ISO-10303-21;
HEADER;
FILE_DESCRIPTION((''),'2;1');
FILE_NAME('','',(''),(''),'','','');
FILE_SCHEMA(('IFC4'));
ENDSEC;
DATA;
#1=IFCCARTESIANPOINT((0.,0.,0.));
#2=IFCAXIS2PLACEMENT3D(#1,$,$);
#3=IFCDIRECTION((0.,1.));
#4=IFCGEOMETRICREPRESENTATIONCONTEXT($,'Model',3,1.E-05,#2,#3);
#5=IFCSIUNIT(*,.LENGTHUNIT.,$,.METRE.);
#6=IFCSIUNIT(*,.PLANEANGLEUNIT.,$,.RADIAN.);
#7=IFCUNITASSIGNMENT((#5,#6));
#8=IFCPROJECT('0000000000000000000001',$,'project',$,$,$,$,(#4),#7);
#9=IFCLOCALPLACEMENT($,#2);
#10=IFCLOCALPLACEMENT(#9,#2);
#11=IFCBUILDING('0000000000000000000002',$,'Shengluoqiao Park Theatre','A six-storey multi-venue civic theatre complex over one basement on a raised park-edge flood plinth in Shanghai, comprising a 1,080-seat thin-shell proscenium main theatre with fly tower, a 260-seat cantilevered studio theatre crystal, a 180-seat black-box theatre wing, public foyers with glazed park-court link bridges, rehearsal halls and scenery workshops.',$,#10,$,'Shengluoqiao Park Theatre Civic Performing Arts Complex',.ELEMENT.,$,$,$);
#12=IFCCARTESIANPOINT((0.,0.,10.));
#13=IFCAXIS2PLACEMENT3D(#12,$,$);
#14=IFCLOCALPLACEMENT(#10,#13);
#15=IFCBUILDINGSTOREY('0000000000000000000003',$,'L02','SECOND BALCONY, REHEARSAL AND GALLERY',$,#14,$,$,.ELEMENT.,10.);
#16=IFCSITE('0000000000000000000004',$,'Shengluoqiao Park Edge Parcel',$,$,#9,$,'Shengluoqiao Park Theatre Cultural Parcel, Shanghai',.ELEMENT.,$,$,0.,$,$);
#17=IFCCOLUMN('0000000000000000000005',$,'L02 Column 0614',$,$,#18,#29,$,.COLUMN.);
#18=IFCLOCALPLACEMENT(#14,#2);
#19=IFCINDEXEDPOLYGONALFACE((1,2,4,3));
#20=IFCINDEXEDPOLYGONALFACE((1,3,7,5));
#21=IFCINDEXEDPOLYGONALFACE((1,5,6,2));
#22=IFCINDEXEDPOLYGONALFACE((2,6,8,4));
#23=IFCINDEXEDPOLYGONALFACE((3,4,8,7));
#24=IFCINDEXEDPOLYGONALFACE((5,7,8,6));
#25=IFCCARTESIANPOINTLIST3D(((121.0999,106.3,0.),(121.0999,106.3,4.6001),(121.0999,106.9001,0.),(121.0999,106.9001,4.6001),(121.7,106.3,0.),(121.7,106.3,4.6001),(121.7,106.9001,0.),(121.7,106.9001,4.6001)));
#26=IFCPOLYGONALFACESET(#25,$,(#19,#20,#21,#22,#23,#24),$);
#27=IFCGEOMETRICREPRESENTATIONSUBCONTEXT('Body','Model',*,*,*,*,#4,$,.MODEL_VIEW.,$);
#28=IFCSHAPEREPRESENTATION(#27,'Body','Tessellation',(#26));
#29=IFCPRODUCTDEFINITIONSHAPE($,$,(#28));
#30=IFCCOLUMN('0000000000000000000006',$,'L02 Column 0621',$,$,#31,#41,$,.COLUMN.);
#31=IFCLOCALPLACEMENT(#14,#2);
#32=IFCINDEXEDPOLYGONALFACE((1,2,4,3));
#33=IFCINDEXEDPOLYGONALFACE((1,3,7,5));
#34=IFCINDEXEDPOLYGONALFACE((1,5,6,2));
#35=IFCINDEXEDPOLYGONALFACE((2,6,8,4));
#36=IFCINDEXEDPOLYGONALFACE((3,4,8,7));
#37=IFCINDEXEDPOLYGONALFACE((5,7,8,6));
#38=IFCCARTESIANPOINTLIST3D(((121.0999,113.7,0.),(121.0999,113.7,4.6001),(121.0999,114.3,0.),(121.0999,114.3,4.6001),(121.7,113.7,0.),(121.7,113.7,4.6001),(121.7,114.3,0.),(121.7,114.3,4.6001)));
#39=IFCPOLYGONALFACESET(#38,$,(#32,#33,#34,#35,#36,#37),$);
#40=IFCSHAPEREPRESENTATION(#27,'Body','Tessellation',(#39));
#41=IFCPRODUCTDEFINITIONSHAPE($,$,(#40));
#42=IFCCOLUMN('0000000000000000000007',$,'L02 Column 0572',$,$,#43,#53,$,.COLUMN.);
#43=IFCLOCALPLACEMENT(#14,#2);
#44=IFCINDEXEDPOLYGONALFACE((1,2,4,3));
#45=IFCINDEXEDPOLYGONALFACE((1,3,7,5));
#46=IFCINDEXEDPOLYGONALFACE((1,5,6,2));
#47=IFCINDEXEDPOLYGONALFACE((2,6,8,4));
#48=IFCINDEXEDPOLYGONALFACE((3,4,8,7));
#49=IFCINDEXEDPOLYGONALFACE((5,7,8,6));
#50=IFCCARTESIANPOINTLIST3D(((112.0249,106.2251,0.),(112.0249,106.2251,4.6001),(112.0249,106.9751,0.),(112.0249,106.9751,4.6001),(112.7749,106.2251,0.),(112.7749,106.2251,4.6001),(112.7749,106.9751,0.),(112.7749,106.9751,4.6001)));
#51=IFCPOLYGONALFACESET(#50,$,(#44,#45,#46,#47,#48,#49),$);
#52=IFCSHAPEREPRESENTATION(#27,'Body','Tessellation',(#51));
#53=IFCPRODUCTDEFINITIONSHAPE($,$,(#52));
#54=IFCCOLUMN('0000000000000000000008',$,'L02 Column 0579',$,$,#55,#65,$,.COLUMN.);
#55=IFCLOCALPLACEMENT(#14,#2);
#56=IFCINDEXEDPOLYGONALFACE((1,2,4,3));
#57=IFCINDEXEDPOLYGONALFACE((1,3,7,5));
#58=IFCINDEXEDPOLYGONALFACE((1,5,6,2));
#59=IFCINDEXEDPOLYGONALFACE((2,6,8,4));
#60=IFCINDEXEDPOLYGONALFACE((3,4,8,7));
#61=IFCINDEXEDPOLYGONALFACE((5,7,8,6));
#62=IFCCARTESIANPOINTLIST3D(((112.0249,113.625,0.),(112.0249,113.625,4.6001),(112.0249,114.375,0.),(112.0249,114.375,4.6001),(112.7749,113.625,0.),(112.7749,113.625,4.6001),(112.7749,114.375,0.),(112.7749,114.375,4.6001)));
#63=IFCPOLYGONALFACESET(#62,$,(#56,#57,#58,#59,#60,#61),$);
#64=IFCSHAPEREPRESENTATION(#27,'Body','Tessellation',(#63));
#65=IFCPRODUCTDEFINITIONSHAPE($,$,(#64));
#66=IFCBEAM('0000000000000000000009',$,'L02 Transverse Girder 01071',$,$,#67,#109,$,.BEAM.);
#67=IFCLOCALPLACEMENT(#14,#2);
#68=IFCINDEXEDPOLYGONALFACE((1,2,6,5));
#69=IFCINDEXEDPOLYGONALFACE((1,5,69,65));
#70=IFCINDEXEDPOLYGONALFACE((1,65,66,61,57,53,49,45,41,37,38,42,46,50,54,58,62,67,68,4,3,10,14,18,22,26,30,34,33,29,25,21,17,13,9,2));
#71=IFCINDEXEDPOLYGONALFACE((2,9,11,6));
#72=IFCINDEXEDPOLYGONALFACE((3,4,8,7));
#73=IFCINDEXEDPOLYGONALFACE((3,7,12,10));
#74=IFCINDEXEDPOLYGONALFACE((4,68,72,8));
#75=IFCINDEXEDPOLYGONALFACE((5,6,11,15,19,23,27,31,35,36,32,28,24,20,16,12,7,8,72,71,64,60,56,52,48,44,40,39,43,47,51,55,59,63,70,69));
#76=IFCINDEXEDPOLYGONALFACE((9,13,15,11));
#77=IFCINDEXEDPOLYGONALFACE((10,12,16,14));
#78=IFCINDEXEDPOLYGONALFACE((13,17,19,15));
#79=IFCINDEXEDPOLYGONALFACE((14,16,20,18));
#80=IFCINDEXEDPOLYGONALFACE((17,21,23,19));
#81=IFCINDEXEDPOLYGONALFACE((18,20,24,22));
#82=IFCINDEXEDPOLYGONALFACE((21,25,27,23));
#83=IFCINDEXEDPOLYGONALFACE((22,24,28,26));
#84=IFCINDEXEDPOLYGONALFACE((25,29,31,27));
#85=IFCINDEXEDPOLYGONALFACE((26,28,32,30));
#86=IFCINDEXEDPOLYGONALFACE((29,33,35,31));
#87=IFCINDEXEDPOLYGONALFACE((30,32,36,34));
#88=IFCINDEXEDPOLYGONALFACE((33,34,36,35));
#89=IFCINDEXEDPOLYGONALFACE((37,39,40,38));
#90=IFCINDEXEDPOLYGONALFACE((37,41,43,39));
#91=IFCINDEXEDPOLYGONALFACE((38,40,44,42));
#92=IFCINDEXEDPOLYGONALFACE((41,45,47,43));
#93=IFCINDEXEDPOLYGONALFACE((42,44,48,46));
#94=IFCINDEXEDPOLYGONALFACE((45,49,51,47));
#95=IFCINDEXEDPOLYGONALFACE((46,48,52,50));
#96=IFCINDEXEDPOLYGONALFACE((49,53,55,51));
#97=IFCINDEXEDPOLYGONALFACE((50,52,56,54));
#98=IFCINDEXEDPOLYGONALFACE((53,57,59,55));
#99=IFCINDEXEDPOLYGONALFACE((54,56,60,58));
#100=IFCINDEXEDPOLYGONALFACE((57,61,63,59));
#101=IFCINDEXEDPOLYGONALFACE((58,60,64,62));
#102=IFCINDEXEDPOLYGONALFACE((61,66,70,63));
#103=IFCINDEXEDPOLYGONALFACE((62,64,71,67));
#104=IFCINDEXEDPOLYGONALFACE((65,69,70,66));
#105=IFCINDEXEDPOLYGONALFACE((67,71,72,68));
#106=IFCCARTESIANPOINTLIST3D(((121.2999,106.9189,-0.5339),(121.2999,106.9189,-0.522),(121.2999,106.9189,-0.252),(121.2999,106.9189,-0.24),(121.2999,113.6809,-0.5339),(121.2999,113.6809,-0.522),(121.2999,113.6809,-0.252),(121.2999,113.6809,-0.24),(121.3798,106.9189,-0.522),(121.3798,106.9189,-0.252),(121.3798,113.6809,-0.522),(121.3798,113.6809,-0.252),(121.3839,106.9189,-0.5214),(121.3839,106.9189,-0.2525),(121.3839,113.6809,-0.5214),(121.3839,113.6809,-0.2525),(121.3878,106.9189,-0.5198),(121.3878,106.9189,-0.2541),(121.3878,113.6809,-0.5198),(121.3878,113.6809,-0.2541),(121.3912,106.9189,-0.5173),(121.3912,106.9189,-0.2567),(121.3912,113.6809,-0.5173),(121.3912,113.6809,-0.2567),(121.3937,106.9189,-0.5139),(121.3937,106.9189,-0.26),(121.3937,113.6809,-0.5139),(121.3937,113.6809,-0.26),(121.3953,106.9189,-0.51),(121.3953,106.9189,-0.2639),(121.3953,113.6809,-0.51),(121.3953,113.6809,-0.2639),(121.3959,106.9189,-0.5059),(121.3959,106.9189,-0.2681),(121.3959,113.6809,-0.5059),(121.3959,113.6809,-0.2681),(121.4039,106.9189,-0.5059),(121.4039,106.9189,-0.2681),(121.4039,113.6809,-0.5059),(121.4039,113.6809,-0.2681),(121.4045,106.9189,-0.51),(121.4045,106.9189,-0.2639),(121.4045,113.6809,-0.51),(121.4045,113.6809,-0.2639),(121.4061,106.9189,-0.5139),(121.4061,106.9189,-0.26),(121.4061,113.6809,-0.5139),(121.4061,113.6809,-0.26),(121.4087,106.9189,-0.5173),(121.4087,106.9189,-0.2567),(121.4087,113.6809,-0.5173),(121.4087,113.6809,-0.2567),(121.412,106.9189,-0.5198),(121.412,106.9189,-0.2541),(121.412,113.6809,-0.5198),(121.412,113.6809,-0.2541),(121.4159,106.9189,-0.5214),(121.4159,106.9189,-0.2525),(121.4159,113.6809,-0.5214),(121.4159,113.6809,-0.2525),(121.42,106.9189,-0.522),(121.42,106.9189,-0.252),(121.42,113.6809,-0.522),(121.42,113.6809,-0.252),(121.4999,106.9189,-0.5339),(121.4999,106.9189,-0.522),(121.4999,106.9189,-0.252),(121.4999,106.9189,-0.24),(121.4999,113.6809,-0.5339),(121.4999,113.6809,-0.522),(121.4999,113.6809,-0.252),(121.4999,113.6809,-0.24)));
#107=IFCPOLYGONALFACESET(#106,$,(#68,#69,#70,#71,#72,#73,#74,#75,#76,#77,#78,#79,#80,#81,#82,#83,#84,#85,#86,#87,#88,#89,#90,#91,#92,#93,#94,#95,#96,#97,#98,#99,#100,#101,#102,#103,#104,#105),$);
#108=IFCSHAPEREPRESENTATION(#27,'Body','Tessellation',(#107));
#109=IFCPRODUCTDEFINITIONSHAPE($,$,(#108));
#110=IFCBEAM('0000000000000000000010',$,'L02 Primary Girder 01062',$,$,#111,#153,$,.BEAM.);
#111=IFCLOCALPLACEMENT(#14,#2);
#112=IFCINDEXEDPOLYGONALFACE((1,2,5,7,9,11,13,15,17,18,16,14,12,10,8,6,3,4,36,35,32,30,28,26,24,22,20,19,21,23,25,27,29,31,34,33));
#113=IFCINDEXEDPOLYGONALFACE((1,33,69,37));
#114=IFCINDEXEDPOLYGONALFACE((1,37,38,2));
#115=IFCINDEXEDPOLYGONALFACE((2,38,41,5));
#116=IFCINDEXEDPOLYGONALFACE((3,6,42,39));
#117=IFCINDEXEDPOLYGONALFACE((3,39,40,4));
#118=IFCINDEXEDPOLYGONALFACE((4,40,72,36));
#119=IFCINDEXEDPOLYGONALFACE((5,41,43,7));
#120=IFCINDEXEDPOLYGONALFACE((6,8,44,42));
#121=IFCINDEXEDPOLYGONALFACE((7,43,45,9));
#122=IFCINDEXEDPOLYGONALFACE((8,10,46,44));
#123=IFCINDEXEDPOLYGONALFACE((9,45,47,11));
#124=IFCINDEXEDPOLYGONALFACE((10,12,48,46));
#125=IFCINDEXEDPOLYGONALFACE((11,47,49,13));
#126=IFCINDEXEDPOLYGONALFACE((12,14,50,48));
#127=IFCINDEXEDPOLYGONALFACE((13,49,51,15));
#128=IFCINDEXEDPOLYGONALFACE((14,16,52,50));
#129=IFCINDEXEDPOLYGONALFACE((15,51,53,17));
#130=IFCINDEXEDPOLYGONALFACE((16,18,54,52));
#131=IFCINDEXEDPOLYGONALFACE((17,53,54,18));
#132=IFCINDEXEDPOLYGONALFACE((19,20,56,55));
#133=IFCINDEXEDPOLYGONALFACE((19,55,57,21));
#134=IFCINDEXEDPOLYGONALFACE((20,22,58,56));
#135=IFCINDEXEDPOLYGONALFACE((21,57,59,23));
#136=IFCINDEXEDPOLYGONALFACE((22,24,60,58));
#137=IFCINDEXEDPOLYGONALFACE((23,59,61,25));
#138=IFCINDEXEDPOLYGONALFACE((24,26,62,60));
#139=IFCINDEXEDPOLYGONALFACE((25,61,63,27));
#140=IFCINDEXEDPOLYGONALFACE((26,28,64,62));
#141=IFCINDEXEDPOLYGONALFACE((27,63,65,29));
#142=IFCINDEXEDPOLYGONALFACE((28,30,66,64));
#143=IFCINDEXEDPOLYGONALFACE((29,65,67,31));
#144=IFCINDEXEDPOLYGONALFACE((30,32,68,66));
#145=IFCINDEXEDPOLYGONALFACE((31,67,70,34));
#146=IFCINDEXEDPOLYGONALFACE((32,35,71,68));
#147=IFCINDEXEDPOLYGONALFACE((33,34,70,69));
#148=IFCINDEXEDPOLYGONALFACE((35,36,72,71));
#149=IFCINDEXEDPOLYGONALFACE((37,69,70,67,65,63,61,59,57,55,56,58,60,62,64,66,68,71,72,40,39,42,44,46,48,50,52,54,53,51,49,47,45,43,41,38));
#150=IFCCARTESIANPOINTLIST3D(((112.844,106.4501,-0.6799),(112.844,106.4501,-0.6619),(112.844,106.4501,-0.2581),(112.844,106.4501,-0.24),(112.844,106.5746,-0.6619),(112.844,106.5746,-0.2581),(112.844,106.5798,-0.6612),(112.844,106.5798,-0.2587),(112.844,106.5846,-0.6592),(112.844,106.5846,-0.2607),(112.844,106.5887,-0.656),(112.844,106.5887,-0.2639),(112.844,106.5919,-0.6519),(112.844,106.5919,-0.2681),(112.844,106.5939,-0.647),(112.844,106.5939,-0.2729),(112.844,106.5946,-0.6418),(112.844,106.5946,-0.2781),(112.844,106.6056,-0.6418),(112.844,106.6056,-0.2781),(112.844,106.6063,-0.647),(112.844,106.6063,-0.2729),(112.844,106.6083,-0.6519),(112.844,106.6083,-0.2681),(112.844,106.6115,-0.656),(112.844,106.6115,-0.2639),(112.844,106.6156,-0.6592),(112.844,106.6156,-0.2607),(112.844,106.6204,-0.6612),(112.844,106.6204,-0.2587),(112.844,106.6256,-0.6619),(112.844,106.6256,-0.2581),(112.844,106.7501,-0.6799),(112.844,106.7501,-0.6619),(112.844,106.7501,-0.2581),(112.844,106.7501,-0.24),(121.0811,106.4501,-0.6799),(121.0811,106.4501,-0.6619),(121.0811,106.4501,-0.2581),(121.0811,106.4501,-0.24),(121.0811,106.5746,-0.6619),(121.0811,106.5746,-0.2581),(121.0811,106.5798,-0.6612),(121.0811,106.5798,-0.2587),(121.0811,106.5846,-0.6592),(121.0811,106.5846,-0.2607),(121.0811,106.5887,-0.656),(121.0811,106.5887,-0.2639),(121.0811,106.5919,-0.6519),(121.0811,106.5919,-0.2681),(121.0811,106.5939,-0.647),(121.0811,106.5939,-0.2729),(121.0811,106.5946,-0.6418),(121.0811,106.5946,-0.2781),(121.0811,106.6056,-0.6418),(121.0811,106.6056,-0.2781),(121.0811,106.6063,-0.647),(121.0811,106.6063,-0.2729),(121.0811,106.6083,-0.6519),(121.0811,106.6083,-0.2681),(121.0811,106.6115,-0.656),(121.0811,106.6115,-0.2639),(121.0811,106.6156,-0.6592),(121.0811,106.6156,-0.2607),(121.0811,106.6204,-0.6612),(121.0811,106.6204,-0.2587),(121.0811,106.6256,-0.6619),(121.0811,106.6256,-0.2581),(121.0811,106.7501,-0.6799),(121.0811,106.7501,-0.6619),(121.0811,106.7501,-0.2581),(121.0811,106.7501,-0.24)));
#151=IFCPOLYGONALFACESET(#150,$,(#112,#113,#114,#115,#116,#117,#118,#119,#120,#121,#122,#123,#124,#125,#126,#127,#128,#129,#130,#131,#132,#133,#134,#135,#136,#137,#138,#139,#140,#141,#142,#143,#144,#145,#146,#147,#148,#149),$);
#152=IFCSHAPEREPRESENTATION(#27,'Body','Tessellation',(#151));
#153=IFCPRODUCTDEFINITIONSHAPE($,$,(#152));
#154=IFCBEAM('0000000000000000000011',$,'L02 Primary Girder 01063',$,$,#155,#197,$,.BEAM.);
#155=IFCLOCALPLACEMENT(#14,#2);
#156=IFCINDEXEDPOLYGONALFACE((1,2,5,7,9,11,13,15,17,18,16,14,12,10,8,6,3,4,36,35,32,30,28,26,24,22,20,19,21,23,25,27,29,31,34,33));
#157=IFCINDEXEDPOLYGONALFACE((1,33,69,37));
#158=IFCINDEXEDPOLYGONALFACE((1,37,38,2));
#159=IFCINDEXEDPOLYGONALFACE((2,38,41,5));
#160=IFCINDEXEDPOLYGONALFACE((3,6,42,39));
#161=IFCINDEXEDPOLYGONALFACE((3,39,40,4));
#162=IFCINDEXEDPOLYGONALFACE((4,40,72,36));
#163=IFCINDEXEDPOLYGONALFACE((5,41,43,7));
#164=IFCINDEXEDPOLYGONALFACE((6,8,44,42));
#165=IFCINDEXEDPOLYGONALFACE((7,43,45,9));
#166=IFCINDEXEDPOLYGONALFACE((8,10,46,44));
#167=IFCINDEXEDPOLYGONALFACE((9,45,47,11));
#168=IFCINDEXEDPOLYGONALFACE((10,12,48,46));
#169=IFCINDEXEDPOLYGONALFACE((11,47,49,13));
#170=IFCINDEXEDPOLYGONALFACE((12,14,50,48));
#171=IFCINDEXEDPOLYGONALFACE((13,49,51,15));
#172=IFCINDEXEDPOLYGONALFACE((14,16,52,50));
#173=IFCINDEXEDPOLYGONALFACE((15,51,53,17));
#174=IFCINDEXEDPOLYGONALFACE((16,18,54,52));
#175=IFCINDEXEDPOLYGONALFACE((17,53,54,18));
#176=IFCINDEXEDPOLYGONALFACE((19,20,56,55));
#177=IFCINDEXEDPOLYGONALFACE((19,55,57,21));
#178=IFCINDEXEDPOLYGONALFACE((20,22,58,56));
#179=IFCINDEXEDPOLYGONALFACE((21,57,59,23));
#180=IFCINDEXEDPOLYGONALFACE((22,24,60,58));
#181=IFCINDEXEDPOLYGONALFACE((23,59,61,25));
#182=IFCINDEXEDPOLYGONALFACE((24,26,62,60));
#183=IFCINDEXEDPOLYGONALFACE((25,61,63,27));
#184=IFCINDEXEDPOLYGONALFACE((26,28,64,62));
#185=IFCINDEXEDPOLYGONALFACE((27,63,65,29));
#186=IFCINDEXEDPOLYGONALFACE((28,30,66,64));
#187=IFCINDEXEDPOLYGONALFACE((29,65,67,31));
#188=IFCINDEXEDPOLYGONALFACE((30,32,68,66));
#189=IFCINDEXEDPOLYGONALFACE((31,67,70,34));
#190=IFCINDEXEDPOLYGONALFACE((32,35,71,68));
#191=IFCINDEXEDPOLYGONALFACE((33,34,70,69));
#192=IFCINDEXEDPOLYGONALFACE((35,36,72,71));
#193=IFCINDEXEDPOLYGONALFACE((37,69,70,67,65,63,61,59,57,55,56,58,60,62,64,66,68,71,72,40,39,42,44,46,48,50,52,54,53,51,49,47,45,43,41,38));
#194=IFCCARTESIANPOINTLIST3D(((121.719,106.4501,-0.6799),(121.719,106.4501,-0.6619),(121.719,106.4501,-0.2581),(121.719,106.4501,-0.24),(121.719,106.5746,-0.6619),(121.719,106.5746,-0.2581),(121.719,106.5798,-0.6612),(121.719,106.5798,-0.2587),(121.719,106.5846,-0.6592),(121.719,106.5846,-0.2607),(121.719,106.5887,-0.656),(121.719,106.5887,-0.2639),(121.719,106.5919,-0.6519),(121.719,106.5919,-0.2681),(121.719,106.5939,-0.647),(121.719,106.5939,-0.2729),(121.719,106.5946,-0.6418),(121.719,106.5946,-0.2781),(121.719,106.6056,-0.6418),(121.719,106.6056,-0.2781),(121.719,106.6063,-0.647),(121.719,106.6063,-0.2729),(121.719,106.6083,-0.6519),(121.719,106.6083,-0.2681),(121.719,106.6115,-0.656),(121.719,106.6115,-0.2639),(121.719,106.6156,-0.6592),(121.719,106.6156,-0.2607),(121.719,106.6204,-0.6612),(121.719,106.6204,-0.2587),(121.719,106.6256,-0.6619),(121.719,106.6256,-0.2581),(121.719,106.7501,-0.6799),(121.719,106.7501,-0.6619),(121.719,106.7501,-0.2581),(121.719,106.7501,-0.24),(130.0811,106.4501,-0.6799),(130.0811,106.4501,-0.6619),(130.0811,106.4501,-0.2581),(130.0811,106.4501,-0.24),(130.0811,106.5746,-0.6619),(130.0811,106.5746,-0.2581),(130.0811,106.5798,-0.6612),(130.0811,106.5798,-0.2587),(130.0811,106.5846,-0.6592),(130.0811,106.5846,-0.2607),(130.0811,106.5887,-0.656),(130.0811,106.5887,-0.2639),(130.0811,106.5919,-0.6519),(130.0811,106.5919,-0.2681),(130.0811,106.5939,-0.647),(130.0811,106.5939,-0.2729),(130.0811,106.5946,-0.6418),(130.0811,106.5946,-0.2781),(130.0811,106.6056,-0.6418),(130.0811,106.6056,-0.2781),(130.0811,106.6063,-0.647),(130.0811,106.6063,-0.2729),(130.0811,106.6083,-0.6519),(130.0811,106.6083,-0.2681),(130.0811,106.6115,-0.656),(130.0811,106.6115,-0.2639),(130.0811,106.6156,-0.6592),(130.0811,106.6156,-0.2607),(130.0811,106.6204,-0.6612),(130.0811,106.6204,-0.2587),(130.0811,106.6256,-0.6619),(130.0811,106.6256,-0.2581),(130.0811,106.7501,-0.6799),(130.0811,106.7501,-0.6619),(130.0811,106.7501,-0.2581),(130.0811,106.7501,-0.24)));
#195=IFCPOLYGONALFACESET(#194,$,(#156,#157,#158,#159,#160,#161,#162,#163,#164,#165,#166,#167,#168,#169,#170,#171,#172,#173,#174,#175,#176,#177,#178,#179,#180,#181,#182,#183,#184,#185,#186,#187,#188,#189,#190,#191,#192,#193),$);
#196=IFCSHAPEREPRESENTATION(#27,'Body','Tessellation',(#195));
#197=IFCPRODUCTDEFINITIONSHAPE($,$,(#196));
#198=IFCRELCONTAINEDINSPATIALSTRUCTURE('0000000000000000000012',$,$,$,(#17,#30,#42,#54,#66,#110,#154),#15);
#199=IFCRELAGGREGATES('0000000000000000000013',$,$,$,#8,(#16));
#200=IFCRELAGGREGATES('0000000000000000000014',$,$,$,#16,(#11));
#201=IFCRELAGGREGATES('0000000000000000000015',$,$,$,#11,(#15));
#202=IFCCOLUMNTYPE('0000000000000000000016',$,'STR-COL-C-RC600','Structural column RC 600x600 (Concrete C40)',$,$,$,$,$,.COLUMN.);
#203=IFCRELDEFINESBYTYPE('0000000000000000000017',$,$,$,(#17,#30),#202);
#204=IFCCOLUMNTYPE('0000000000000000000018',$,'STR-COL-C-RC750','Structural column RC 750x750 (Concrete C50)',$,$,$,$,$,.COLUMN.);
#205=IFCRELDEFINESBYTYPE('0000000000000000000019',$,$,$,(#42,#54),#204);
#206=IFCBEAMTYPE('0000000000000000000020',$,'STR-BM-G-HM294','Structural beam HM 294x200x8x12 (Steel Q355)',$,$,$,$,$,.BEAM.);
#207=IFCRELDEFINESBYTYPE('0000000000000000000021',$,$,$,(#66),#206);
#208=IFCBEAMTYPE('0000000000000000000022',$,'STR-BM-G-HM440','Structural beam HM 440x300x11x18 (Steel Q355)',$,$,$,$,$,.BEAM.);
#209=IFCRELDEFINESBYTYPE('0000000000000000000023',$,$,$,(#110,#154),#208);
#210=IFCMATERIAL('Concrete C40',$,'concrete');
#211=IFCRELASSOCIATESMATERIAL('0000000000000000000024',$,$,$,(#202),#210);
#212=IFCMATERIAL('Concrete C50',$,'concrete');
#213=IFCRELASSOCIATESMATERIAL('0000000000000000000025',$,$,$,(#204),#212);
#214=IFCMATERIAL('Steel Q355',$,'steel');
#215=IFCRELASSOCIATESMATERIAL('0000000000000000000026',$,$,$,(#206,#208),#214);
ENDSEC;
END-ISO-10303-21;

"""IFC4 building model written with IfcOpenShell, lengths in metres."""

from ifc_helpers import new_model, si_unit, direction, frame, origin, origin_2d, place, context, subcontext, project, spatial, rectangle, i_section, extrude, material, material_profile, profile_set, type_object, element, save


model = new_model("IFC4")

# Units and contexts
model_context = context("Model", 3, precision=1e-05, world=origin(), true_north=direction((0.0, 1.0)))
body_context = subcontext(model_context, "Body", "Model", "MODEL_VIEW")
ifc_project = project(units=[si_unit("LENGTHUNIT", "METRE"), si_unit("PLANEANGLEUNIT", "RADIAN")], contexts=[model_context])

# Site, building, storey
site_placement = place(None, origin())
site = spatial("IfcSite", under=ifc_project, at=site_placement, Name="Shengluoqiao Park Edge Parcel", LongName="Shengluoqiao Park Theatre Cultural Parcel, Shanghai", CompositionType="ELEMENT", RefElevation=0.0)
building_placement = place(site_placement, origin())
building = spatial("IfcBuilding", under=site, at=building_placement, Name="Shengluoqiao Park Theatre", Description="A six-storey multi-venue civic theatre complex over one basement on a raised park-edge flood plinth in Shanghai, comprising a 1,080-seat thin-shell proscenium main theatre with fly tower, a 260-seat cantilevered studio theatre crystal, a 180-seat black-box theatre wing, public foyers with glazed park-court link bridges, rehearsal halls and scenery workshops.", LongName="Shengluoqiao Park Theatre Civic Performing Arts Complex", CompositionType="ELEMENT")
storey_placement = place(building_placement, frame((0.0, 0.0, 10.0)))
storey = spatial("IfcBuildingStorey", under=building, at=storey_placement, Name="L02", Description="SECOND BALCONY, REHEARSAL AND GALLERY", CompositionType="ELEMENT", Elevation=10.0)

# Columns
ifc_material_1 = material(Name="Concrete C40", Category="concrete")
ifc_material_profile_1 = material_profile(ifc_material_1, rectangle(XDim=0.6001, YDim=0.6001, at=origin_2d()), Name="RC 600x600")
ifc_profile_set_1 = profile_set([ifc_material_profile_1], Name="Concrete C40")
column_type_1 = type_object("IfcColumnType", Name="STR-COL-C-RC600", Description="Structural column RC 600x600 (Concrete C40)", PredefinedType="COLUMN", material=ifc_profile_set_1)
for number, where, z_axis, x_axis, name in (
    (1, (121.3999, 106.6001, 0.0), (0.0, 0.0, 1.0), (1.0, 0.0, 0.0), "L02 Column 0614"),
    (2, (121.3999, 114.0, 0.0), (0.0, 0.0, 1.0), (1.0, 0.0, 0.0), "L02 Column 0621"),
):
    element("IfcColumn", number, at=place(storey_placement, frame(where, z_axis=z_axis, x_axis=x_axis)), inside=storey, type_object=column_type_1, Name=name, PredefinedType="COLUMN", context=body_context, shape_type="SweptSolid", body=[
        extrude(rectangle(XDim=0.6001, YDim=0.6001, at=origin_2d()), origin(), (0.0, 0.0, 1.0), 4.6001),
    ])
ifc_material_2 = material(Name="Concrete C50", Category="concrete")
ifc_material_profile_2 = material_profile(ifc_material_2, rectangle(XDim=0.75, YDim=0.75, at=origin_2d()), Name="RC 750x750")
ifc_profile_set_2 = profile_set([ifc_material_profile_2], Name="Concrete C50")
column_type_2 = type_object("IfcColumnType", Name="STR-COL-C-RC750", Description="Structural column RC 750x750 (Concrete C50)", PredefinedType="COLUMN", material=ifc_profile_set_2)
for number, where, z_axis, x_axis, name in (
    (3, (112.3999, 106.6001, 0.0), (0.0, 0.0, 1.0), (1.0, 0.0, 0.0), "L02 Column 0572"),
    (4, (112.3999, 114.0, 0.0), (0.0, 0.0, 1.0), (1.0, 0.0, 0.0), "L02 Column 0579"),
):
    element("IfcColumn", number, at=place(storey_placement, frame(where, z_axis=z_axis, x_axis=x_axis)), inside=storey, type_object=column_type_2, Name=name, PredefinedType="COLUMN", context=body_context, shape_type="SweptSolid", body=[
        extrude(rectangle(XDim=0.75, YDim=0.75, at=origin_2d()), origin(), (0.0, 0.0, 1.0), 4.6001),
    ])

# Beams
ifc_material_3 = material(Name="Steel Q355", Category="steel")
ifc_material_profile_3 = material_profile(ifc_material_3, i_section(OverallWidth=0.2, OverallDepth=0.2939, WebThickness=0.0081, FlangeThickness=0.012, FilletRadius=0.0161, at=origin_2d()), Name="HM 294x200x8x12")
ifc_profile_set_3 = profile_set([ifc_material_profile_3], Name="Steel Q355")
beam_type_1 = type_object("IfcBeamType", Name="STR-BM-G-HM294", Description="Structural beam HM 294x200x8x12 (Steel Q355)", PredefinedType="BEAM", material=ifc_profile_set_3)
beam_1_placement = place(storey_placement, frame((121.3999, 106.9189, -0.387), z_axis=(0.0, 1.0, 0.0), x_axis=(-1.0, 0.0, 0.0)))
element("IfcBeam", 5, at=beam_1_placement, inside=storey, type_object=beam_type_1, Name="L02 Transverse Girder 01071", PredefinedType="BEAM", context=body_context, shape_type="SweptSolid", body=[
    extrude(i_section(OverallWidth=0.2, OverallDepth=0.2939, WebThickness=0.0081, FlangeThickness=0.012, FilletRadius=0.0161, at=origin_2d()), origin(), (0.0, 0.0, 1.0), 6.762),
])
ifc_material_profile_4 = material_profile(ifc_material_3, i_section(OverallWidth=0.3, OverallDepth=0.4399, WebThickness=0.011, FlangeThickness=0.0181, FilletRadius=0.02, at=origin_2d()), Name="HM 440x300x11x18")
ifc_profile_set_4 = profile_set([ifc_material_profile_4], Name="Steel Q355")
beam_type_2 = type_object("IfcBeamType", Name="STR-BM-G-HM440", Description="Structural beam HM 440x300x11x18 (Steel Q355)", PredefinedType="BEAM", material=ifc_profile_set_4)
beam_2_placement = place(storey_placement, frame((112.844, 106.6001, -0.46), z_axis=(1.0, 0.0, 0.0), x_axis=(0.0, 1.0, 0.0)))
element("IfcBeam", 6, at=beam_2_placement, inside=storey, type_object=beam_type_2, Name="L02 Primary Girder 01062", PredefinedType="BEAM", context=body_context, shape_type="SweptSolid", body=[
    extrude(i_section(OverallWidth=0.3, OverallDepth=0.4399, WebThickness=0.011, FlangeThickness=0.0181, FilletRadius=0.02, at=origin_2d()), origin(), (0.0, 0.0, 1.0), 8.2371),
])
beam_3_placement = place(storey_placement, frame((121.719, 106.6001, -0.46), z_axis=(1.0, 0.0, 0.0), x_axis=(0.0, 1.0, 0.0)))
element("IfcBeam", 7, at=beam_3_placement, inside=storey, type_object=beam_type_2, Name="L02 Primary Girder 01063", PredefinedType="BEAM", context=body_context, shape_type="SweptSolid", body=[
    extrude(i_section(OverallWidth=0.3, OverallDepth=0.4399, WebThickness=0.011, FlangeThickness=0.0181, FilletRadius=0.02, at=origin_2d()), origin(), (0.0, 0.0, 1.0), 8.3621),
])

save(model, "model.ifc")
